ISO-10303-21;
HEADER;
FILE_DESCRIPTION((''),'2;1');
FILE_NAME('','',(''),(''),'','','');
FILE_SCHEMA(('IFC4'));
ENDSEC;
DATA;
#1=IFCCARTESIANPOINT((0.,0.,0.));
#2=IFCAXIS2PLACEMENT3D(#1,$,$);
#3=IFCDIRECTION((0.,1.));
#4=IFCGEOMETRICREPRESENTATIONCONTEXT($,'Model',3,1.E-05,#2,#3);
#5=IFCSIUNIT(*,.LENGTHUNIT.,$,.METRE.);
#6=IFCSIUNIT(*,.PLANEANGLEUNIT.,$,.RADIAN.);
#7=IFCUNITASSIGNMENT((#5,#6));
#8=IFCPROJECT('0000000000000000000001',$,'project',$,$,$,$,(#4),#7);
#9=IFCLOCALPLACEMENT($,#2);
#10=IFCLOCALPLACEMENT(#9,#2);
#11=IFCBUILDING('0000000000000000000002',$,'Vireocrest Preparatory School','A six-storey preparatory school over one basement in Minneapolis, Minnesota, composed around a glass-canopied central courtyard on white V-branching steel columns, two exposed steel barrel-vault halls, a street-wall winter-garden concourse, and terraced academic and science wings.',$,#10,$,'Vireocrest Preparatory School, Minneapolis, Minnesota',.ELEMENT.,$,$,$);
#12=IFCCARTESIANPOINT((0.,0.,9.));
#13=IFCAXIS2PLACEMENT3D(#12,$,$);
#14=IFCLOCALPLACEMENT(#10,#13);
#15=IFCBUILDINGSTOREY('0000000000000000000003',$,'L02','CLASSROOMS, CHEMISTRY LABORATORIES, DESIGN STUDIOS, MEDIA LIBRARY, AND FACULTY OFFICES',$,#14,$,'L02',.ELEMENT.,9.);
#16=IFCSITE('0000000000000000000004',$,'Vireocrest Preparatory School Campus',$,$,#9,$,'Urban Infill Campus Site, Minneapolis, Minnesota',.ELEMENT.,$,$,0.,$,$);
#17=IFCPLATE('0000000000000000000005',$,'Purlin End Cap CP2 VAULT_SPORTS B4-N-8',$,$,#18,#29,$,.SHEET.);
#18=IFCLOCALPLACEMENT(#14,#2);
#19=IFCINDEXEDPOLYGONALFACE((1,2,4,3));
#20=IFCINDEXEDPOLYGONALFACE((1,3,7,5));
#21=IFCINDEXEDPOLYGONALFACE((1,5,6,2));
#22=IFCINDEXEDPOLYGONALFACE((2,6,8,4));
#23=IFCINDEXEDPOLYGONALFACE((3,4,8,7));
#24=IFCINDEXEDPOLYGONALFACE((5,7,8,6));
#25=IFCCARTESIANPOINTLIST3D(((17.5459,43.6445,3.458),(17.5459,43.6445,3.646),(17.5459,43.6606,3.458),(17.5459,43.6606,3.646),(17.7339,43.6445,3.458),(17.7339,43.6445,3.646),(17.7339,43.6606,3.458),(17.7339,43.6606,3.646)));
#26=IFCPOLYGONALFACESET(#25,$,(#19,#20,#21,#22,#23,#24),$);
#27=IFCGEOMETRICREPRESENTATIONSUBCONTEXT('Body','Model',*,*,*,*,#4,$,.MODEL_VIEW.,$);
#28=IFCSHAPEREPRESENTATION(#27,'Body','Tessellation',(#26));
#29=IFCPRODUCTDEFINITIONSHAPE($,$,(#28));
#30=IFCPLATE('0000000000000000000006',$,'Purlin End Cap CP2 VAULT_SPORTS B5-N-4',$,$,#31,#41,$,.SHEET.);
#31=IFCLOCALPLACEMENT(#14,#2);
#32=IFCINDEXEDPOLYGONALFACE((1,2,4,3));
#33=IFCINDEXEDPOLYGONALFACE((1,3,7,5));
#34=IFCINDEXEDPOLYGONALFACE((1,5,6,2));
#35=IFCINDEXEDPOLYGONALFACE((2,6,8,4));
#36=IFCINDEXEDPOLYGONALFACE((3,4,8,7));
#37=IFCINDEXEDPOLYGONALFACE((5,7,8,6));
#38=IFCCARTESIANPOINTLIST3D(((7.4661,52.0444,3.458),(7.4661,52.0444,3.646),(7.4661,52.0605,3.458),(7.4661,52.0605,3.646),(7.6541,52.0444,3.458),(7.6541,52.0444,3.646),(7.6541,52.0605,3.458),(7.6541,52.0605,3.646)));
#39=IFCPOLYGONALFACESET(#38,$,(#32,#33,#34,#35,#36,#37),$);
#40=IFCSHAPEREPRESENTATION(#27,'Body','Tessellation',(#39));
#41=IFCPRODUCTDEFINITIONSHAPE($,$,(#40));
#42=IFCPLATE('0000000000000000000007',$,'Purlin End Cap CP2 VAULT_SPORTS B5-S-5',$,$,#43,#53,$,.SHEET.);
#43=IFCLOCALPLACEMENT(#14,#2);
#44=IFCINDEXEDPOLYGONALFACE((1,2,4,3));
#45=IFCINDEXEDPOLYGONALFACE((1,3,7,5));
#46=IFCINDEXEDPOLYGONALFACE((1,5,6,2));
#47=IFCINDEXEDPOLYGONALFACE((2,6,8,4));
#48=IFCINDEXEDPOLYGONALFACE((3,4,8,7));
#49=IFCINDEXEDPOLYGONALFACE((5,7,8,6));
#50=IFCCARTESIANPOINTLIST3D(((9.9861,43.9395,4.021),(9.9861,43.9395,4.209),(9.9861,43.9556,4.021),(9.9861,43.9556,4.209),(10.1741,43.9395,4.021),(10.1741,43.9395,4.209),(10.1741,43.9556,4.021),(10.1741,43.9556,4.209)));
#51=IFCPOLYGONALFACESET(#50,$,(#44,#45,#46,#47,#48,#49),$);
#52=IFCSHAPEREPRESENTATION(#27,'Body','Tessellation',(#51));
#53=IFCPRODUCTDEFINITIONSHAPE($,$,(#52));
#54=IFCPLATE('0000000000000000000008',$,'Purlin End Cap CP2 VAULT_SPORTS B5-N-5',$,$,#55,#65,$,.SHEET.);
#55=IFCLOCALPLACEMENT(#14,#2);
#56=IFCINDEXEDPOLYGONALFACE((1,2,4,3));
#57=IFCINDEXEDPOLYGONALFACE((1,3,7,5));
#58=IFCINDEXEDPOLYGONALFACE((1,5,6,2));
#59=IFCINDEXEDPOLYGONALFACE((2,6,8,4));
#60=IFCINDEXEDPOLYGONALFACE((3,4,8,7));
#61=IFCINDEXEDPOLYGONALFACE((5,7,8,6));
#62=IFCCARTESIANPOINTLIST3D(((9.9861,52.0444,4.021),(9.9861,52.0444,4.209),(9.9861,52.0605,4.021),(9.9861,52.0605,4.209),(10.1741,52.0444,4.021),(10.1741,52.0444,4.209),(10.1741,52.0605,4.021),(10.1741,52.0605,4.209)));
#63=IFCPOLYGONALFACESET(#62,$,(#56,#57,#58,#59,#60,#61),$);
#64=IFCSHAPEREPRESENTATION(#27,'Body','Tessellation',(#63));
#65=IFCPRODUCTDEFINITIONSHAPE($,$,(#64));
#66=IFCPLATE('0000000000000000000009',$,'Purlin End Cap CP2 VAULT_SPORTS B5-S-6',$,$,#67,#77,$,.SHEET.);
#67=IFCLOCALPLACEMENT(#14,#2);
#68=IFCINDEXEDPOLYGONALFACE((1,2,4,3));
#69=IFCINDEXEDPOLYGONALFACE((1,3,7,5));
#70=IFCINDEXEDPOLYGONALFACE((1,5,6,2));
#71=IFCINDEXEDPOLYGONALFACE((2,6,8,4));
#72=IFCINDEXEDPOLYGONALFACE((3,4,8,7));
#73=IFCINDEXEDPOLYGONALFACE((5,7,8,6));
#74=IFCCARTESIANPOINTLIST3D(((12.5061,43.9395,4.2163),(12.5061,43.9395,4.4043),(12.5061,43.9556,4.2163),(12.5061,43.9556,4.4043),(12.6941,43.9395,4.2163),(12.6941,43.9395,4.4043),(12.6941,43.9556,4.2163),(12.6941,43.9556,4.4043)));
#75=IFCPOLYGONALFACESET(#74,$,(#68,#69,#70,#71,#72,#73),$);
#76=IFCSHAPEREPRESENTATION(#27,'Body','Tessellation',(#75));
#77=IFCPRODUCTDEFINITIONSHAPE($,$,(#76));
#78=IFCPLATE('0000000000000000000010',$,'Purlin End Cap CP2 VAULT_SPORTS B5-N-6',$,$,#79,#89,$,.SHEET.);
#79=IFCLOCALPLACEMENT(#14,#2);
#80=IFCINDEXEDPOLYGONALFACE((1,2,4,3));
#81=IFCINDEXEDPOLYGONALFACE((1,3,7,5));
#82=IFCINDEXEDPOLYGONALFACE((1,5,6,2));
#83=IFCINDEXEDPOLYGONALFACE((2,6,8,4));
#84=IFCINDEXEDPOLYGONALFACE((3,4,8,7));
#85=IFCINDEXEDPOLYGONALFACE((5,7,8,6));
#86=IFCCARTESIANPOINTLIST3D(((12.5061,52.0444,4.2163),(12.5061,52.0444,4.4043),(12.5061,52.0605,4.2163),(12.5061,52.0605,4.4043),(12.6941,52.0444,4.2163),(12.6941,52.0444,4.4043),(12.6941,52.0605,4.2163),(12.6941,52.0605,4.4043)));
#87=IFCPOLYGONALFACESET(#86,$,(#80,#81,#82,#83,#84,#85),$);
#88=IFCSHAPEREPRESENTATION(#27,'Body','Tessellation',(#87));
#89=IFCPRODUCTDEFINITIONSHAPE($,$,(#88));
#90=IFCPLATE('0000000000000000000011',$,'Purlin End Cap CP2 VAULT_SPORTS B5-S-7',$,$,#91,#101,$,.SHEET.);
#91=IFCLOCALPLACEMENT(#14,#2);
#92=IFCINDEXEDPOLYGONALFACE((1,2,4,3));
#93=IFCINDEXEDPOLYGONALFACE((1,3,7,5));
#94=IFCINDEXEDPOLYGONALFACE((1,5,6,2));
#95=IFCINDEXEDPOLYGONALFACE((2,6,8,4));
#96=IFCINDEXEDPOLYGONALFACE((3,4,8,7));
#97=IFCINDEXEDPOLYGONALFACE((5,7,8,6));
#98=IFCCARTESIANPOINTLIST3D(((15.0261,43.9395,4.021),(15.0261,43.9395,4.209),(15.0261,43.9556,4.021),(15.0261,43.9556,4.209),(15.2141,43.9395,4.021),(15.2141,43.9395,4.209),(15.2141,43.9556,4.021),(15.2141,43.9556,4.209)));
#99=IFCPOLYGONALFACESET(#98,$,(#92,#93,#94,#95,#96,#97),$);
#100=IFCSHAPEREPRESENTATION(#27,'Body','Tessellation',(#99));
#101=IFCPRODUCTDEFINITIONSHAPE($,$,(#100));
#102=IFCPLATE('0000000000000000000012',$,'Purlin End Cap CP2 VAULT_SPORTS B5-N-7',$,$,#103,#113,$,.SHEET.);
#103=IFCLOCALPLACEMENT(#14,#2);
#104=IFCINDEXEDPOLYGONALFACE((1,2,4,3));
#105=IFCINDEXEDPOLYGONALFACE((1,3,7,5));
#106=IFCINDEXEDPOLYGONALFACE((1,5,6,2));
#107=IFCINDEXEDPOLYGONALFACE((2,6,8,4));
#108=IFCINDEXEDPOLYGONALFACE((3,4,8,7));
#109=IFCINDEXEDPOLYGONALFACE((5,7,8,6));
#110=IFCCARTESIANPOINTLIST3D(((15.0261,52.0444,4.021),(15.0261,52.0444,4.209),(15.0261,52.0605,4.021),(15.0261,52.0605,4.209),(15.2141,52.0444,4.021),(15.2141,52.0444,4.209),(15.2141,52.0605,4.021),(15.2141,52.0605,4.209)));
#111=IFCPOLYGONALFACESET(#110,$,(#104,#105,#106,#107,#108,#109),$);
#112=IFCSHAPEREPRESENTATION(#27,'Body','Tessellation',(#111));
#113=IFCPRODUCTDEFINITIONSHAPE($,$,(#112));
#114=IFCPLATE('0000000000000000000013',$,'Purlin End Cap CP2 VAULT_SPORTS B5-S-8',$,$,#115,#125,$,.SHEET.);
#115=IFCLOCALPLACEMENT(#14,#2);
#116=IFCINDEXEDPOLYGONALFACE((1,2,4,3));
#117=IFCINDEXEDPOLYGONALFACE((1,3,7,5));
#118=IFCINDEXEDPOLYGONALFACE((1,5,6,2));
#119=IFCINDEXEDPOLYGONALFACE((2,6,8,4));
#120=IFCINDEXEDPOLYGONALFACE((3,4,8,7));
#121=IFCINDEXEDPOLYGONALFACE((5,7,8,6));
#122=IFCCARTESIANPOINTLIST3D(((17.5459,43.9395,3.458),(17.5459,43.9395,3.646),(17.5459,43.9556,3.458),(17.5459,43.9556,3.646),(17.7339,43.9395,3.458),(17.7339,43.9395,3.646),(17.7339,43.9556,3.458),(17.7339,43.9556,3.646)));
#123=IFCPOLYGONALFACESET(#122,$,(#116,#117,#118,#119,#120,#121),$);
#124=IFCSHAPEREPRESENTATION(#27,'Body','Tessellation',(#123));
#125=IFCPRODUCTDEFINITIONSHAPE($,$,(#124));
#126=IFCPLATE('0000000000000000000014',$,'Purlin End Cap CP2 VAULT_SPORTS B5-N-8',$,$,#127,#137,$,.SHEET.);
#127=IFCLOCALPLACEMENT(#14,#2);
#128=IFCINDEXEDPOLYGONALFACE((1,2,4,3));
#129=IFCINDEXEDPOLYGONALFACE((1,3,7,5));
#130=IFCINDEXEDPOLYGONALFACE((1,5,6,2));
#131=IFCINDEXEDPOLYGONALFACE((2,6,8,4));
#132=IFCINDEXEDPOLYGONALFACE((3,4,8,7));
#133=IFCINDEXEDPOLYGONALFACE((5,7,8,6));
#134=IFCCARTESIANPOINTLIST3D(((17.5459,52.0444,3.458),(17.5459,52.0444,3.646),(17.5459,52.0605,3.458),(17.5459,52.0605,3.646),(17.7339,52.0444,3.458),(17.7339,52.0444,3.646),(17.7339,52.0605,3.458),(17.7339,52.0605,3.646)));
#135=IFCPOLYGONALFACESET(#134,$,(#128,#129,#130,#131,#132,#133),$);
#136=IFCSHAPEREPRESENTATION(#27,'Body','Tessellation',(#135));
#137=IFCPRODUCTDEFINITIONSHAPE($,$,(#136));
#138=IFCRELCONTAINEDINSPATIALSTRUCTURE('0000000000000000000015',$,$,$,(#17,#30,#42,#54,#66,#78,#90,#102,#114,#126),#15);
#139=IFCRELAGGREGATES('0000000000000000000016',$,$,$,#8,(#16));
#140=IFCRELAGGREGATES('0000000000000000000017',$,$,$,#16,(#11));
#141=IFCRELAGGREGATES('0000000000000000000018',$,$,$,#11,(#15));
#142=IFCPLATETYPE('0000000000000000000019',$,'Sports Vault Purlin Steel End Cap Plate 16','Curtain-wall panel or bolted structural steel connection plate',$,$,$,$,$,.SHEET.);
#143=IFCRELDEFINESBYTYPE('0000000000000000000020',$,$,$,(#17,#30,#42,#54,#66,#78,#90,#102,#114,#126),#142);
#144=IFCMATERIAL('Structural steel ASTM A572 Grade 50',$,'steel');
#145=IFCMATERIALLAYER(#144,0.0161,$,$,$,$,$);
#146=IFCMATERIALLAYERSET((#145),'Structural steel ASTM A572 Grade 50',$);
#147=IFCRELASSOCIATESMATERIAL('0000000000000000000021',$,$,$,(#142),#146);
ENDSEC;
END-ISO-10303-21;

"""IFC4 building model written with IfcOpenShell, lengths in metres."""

from ifc_helpers import new_model, si_unit, direction, frame, origin, origin_2d, place, context, subcontext, project, spatial, rectangle, extrude, material, layer, layer_set, type_object, element, save


model = new_model("IFC4")

# Units and contexts
model_context = context("Model", 3, precision=1e-05, world=origin(), true_north=direction((0.0, 1.0)))
body_context = subcontext(model_context, "Body", "Model", "MODEL_VIEW")
ifc_project = project(units=[si_unit("LENGTHUNIT", "METRE"), si_unit("PLANEANGLEUNIT", "RADIAN")], contexts=[model_context])

# Site, building, storey
site_placement = place(None, origin())
site = spatial("IfcSite", under=ifc_project, at=site_placement, Name="Vireocrest Preparatory School Campus", LongName="Urban Infill Campus Site, Minneapolis, Minnesota", CompositionType="ELEMENT", RefElevation=0.0)
building_placement = place(site_placement, origin())
building = spatial("IfcBuilding", under=site, at=building_placement, Name="Vireocrest Preparatory School", Description="A six-storey preparatory school over one basement in Minneapolis, Minnesota, composed around a glass-canopied central courtyard on white V-branching steel columns, two exposed steel barrel-vault halls, a street-wall winter-garden concourse, and terraced academic and science wings.", LongName="Vireocrest Preparatory School, Minneapolis, Minnesota", CompositionType="ELEMENT")
storey_placement = place(building_placement, frame((0.0, 0.0, 9.0)))
storey = spatial("IfcBuildingStorey", under=building, at=storey_placement, Name="L02", Description="CLASSROOMS, CHEMISTRY LABORATORIES, DESIGN STUDIOS, MEDIA LIBRARY, AND FACULTY OFFICES", LongName="L02", CompositionType="ELEMENT", Elevation=9.0)

# Plates
ifc_material_1 = material(Name="Structural steel ASTM A572 Grade 50", Category="steel")
ifc_layer_1 = layer(ifc_material_1, 0.0161)
ifc_layer_set_1 = layer_set([ifc_layer_1], Name="Structural steel ASTM A572 Grade 50")
plate_type_1 = type_object("IfcPlateType", Name="Sports Vault Purlin Steel End Cap Plate 16", Description="Curtain-wall panel or bolted structural steel connection plate", PredefinedType="SHEET", material=ifc_layer_set_1)
for number, where, z_axis, x_axis, name in (
    (1, (17.6399, 43.6526, 3.458), (0.0, 0.0, 1.0), (1.0, 0.0, 0.0), "Purlin End Cap CP2 VAULT_SPORTS B4-N-8"),
    (2, (7.5601, 52.0525, 3.458), (0.0, 0.0, 1.0), (1.0, 0.0, 0.0), "Purlin End Cap CP2 VAULT_SPORTS B5-N-4"),
    (3, (10.0801, 43.9475, 4.021), (0.0, 0.0, 1.0), (1.0, 0.0, 0.0), "Purlin End Cap CP2 VAULT_SPORTS B5-S-5"),
    (4, (10.0801, 52.0525, 4.021), (0.0, 0.0, 1.0), (1.0, 0.0, 0.0), "Purlin End Cap CP2 VAULT_SPORTS B5-N-5"),
    (5, (12.6001, 43.9475, 4.2163), (0.0, 0.0, 1.0), (1.0, 0.0, 0.0), "Purlin End Cap CP2 VAULT_SPORTS B5-S-6"),
    (6, (12.6001, 52.0525, 4.2163), (0.0, 0.0, 1.0), (1.0, 0.0, 0.0), "Purlin End Cap CP2 VAULT_SPORTS B5-N-6"),
    (7, (15.1201, 43.9475, 4.021), (0.0, 0.0, 1.0), (1.0, 0.0, 0.0), "Purlin End Cap CP2 VAULT_SPORTS B5-S-7"),
    (8, (15.1201, 52.0525, 4.021), (0.0, 0.0, 1.0), (1.0, 0.0, 0.0), "Purlin End Cap CP2 VAULT_SPORTS B5-N-7"),
    (9, (17.6399, 43.9475, 3.458), (0.0, 0.0, 1.0), (1.0, 0.0, 0.0), "Purlin End Cap CP2 VAULT_SPORTS B5-S-8"),
    (10, (17.6399, 52.0525, 3.458), (0.0, 0.0, 1.0), (1.0, 0.0, 0.0), "Purlin End Cap CP2 VAULT_SPORTS B5-N-8"),
):
    element("IfcPlate", number, at=place(storey_placement, frame(where, z_axis=z_axis, x_axis=x_axis)), inside=storey, type_object=plate_type_1, Name=name, PredefinedType="SHEET", context=body_context, shape_type="SweptSolid", body=[
        extrude(rectangle(XDim=0.188, YDim=0.0161, at=origin_2d()), origin(), (0.0, 0.0, 1.0), 0.188),
    ])

save(model, "model.ifc")
